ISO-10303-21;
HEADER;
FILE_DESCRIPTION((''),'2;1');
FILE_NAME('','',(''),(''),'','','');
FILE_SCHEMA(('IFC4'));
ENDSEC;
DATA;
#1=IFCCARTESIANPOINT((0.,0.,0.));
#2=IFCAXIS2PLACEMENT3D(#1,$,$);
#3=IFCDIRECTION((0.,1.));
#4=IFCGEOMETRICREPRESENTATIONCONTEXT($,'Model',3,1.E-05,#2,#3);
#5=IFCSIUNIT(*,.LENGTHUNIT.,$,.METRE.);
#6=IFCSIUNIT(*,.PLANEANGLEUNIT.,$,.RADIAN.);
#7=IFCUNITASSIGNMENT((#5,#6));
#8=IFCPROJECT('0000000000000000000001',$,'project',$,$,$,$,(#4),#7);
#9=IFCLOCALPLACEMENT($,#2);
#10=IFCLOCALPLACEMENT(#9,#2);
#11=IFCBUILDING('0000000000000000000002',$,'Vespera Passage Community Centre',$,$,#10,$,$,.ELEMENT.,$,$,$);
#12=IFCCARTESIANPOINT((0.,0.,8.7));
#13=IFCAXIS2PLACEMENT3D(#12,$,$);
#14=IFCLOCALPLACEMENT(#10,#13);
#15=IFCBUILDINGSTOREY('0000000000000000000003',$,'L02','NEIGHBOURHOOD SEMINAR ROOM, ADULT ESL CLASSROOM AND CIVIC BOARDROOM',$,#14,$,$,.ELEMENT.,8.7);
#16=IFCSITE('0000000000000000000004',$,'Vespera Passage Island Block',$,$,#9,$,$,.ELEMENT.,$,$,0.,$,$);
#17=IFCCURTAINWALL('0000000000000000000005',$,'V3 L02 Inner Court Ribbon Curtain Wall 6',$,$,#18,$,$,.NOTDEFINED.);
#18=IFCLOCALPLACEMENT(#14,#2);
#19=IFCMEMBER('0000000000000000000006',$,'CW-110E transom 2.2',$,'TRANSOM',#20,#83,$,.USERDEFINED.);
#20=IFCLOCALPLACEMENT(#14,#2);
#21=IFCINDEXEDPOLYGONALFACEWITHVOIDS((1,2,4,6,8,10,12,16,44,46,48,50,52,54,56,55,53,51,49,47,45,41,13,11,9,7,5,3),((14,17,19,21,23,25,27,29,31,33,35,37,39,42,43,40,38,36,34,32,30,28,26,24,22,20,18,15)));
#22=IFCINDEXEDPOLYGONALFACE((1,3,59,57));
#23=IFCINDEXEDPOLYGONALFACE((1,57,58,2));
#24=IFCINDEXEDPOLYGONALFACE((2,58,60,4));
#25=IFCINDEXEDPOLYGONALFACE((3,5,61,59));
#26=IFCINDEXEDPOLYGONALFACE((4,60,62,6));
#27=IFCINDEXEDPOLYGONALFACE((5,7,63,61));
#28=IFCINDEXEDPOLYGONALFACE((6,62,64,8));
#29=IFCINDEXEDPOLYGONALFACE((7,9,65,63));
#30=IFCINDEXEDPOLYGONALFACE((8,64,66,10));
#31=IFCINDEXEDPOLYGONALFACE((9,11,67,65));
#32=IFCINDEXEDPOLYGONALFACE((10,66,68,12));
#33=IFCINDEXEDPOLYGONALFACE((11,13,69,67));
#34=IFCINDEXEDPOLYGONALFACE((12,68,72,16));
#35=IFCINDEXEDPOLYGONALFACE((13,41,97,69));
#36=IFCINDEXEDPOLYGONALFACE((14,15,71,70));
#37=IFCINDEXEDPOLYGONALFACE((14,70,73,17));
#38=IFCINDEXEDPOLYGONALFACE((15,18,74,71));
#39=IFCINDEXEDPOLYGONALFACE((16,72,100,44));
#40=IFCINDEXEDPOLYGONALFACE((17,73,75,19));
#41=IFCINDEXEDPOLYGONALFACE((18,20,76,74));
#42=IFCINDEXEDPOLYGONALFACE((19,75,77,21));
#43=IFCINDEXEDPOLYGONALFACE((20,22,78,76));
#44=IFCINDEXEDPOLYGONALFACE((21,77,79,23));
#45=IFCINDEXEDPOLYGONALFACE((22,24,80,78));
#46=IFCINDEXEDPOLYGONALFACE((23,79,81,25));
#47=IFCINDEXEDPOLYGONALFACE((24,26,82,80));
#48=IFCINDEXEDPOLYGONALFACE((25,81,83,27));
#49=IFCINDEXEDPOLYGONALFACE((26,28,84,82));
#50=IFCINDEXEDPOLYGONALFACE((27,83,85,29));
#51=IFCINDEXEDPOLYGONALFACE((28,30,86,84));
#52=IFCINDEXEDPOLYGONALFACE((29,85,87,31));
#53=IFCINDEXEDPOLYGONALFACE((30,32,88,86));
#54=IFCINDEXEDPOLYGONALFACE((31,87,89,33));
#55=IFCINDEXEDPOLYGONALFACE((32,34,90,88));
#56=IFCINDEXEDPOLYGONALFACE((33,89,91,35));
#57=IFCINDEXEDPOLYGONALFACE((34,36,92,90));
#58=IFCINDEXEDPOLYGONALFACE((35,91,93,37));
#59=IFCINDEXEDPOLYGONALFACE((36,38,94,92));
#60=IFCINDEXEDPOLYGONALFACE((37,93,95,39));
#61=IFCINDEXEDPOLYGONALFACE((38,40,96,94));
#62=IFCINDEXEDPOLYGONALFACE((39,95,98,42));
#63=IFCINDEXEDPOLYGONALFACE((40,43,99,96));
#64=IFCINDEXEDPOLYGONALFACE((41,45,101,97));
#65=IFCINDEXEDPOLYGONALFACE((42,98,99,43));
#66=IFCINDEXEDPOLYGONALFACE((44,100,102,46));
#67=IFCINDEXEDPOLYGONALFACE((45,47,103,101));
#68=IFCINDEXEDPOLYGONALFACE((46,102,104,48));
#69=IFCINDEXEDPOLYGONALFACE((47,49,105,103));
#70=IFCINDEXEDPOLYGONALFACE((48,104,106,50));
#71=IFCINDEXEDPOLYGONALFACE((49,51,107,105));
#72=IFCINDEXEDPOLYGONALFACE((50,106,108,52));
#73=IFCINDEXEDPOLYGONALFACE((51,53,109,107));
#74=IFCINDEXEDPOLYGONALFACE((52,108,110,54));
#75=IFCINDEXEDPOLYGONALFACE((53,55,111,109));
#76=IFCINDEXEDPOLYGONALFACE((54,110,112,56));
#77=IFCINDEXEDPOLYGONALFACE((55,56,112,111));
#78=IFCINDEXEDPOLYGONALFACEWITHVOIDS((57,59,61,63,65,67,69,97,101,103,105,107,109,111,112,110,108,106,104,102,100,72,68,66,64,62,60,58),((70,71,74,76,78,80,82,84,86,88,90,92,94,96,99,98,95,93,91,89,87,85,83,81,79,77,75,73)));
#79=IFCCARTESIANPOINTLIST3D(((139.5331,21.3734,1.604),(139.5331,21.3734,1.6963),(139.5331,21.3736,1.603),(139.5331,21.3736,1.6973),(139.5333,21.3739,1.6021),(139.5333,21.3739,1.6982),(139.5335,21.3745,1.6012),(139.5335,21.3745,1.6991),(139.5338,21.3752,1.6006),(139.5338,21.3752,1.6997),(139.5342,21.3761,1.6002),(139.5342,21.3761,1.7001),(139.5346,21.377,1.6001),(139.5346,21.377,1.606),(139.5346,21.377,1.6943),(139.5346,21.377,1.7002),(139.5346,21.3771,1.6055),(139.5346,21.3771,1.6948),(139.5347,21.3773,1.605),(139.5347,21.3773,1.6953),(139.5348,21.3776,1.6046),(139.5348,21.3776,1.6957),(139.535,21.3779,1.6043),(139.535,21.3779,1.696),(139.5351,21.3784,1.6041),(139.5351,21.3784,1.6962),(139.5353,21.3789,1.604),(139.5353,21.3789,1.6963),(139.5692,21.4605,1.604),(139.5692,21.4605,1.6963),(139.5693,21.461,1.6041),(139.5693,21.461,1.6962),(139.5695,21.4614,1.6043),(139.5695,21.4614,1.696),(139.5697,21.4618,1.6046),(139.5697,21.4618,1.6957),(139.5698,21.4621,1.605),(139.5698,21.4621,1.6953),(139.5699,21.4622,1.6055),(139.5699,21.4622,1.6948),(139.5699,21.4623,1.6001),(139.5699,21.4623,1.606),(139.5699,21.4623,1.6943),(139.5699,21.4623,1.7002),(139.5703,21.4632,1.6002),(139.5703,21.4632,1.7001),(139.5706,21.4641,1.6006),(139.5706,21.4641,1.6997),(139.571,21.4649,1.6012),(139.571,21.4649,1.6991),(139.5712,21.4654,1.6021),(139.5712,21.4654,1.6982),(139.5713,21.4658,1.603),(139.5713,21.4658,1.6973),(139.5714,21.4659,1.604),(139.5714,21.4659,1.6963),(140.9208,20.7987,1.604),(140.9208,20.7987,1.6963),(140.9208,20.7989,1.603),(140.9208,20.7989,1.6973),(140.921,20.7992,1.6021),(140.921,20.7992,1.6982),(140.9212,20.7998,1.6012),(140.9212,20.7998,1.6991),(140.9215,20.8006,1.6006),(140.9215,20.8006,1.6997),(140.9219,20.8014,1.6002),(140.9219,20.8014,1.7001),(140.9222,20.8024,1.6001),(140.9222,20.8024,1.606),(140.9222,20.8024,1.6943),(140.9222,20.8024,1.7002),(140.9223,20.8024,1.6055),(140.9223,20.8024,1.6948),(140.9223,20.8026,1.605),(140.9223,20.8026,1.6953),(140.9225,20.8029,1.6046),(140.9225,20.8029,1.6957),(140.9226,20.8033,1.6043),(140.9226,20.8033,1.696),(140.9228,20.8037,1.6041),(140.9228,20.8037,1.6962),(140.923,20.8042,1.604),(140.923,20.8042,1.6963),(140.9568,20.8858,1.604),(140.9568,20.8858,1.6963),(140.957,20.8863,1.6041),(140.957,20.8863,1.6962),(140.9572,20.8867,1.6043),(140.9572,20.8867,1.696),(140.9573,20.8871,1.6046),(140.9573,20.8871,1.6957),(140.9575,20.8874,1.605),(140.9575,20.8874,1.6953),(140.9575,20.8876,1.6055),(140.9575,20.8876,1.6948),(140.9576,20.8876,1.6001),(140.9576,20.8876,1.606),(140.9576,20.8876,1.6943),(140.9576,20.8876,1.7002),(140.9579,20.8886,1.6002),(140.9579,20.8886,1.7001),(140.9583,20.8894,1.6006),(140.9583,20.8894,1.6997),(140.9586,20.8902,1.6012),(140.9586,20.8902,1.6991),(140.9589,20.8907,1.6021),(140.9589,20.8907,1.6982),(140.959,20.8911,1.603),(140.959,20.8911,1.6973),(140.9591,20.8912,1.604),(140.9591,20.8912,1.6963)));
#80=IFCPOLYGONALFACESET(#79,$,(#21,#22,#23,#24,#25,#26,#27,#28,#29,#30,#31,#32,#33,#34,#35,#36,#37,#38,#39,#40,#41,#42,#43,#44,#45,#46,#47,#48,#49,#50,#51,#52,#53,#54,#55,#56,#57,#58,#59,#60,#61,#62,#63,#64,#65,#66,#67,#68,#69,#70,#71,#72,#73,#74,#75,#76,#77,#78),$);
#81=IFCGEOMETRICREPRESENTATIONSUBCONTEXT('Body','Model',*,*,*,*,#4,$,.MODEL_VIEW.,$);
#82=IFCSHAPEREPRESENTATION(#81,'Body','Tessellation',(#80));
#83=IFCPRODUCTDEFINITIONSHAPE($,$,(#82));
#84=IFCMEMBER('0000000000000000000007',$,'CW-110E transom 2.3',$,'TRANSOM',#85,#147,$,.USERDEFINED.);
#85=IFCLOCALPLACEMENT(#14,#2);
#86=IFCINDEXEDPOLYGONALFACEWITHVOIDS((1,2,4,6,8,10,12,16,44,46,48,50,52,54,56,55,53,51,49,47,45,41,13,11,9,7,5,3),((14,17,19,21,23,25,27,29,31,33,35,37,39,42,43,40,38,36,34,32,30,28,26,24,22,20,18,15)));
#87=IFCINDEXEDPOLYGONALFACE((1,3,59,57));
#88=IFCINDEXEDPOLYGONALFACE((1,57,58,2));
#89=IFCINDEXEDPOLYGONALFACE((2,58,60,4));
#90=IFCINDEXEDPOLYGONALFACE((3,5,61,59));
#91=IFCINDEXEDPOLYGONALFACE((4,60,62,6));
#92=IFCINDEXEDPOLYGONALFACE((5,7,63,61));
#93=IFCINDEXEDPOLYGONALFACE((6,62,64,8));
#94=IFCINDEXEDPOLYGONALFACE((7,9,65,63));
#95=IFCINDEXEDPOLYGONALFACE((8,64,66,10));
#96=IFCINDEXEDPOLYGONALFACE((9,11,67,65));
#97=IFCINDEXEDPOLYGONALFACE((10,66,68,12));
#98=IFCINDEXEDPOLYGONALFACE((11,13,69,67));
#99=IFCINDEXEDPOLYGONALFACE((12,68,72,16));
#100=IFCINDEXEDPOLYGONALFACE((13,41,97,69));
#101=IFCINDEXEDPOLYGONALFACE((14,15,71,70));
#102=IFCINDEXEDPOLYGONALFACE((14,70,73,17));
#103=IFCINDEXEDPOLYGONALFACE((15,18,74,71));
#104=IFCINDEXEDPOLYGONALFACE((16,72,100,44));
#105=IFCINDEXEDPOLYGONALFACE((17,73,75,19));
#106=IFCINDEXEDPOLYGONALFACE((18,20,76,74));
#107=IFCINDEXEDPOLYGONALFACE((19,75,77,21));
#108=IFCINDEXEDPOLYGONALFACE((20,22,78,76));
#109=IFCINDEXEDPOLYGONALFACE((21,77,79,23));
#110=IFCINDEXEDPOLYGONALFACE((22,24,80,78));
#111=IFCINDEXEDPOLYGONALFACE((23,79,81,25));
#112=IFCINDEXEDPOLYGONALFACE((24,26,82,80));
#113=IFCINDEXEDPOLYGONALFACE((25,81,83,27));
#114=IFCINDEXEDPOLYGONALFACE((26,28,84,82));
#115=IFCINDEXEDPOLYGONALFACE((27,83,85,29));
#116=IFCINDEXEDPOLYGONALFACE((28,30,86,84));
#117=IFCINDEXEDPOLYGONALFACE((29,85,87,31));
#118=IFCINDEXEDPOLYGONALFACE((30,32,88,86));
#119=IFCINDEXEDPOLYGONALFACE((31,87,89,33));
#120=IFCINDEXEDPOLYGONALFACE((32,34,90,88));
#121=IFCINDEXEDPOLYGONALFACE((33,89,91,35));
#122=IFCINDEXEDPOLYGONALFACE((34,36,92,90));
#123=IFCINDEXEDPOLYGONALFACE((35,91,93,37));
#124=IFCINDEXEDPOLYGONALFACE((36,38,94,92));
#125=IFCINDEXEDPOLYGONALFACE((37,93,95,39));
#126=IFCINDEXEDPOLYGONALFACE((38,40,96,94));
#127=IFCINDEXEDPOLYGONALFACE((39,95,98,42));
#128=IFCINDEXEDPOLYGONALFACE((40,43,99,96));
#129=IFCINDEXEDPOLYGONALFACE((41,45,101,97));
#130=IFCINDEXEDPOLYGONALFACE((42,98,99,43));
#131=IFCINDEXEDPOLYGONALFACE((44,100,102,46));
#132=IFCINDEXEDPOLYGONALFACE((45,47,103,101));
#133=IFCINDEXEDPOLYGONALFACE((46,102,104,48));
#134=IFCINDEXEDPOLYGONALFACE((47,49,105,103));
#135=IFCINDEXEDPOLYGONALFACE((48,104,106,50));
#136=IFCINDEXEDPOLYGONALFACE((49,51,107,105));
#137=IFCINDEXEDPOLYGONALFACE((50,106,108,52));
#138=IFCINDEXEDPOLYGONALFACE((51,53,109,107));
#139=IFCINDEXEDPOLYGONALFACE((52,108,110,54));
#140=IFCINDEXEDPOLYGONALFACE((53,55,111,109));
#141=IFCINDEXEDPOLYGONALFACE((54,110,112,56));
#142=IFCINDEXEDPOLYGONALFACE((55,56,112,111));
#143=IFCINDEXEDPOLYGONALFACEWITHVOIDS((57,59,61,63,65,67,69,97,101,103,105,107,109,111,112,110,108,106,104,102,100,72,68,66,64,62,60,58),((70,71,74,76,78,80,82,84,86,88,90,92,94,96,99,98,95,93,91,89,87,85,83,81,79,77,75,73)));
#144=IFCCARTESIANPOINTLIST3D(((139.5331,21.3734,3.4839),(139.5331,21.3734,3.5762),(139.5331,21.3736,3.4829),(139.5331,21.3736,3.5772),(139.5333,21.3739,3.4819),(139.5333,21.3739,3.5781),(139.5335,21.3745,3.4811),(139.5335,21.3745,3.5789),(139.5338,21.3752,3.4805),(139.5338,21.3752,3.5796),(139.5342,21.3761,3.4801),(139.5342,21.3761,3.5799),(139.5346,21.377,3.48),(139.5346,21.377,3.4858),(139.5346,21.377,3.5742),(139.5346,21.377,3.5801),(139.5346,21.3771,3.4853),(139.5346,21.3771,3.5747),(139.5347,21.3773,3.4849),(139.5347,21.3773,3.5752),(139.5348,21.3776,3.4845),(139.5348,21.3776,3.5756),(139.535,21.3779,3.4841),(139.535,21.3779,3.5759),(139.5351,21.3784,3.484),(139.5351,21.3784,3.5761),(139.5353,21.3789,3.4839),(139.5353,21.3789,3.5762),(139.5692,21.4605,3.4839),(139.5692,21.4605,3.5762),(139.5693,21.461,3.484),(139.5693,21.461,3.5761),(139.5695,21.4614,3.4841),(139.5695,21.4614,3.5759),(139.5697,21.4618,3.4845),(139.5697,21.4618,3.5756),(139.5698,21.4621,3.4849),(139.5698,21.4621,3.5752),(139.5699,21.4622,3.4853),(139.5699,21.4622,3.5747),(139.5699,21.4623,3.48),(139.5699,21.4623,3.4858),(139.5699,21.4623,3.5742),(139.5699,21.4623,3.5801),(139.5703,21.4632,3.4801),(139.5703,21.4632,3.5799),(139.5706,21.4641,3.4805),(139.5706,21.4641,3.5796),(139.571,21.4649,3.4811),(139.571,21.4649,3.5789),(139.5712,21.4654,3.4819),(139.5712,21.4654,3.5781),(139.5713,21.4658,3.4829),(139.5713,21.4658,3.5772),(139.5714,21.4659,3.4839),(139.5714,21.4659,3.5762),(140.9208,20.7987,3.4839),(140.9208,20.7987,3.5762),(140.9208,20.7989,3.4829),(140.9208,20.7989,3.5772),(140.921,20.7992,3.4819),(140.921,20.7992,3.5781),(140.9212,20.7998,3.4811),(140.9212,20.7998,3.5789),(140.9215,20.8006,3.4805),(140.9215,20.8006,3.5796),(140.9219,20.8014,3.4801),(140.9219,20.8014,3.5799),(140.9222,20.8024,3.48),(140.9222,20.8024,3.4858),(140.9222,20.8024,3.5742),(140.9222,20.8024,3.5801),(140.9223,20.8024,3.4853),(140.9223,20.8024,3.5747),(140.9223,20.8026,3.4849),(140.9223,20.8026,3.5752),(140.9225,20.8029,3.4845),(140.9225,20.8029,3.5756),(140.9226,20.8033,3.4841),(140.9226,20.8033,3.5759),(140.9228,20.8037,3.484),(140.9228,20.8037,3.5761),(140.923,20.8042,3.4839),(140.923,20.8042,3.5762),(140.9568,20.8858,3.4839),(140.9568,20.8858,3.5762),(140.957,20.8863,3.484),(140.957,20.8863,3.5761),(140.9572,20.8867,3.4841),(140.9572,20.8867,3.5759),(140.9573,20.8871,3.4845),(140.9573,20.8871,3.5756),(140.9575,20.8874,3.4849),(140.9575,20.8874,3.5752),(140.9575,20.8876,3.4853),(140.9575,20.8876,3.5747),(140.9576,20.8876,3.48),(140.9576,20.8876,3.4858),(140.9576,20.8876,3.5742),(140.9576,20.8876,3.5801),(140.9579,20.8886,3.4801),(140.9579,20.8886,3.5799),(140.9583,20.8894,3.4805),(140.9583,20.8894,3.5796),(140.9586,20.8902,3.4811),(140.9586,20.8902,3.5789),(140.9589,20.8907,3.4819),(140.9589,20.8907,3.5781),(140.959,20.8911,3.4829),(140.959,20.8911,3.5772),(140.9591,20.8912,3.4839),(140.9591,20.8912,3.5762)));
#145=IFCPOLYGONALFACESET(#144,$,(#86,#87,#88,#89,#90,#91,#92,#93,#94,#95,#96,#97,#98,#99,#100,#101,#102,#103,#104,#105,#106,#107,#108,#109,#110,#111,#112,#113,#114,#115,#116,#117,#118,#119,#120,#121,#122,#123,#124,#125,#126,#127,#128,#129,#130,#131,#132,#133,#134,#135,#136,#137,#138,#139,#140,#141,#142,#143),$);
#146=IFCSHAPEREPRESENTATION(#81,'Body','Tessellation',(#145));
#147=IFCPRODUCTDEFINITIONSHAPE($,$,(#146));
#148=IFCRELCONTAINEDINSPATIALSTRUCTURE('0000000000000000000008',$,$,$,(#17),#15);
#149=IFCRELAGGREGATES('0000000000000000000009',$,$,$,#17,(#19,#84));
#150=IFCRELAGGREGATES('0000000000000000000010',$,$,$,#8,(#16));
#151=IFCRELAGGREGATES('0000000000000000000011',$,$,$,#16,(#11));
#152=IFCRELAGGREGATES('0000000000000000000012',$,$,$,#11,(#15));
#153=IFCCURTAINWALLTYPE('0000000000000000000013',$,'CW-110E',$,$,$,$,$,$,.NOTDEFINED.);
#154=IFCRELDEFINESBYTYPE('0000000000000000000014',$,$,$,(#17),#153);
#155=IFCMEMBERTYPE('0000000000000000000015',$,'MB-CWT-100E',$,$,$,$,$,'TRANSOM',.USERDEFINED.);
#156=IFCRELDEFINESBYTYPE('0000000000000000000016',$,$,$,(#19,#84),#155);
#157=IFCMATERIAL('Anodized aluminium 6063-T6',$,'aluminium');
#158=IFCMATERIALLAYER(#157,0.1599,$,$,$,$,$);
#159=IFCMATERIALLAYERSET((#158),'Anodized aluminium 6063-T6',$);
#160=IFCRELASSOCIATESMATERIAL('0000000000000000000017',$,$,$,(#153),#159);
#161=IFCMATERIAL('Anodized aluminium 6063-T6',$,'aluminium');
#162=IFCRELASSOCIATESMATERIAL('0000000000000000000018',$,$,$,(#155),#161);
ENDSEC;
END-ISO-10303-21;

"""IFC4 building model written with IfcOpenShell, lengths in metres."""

from ifc_helpers import new_model, si_unit, direction, frame, origin, origin_2d, place, context, subcontext, project, spatial, hollow_rectangle, extrude, material, layer, layer_set, material_profile, profile_set, type_object, element, aggregate, save


model = new_model("IFC4")

# Units and contexts
model_context = context("Model", 3, precision=1e-05, world=origin(), true_north=direction((0.0, 1.0)))
body_context = subcontext(model_context, "Body", "Model", "MODEL_VIEW")
ifc_project = project(units=[si_unit("LENGTHUNIT", "METRE"), si_unit("PLANEANGLEUNIT", "RADIAN")], contexts=[model_context])

# Site, building, storey
site_placement = place(None, origin())
site = spatial("IfcSite", under=ifc_project, at=site_placement, Name="Vespera Passage Island Block", CompositionType="ELEMENT", RefElevation=0.0)
building_placement = place(site_placement, origin())
building = spatial("IfcBuilding", under=site, at=building_placement, Name="Vespera Passage Community Centre", CompositionType="ELEMENT")
storey_placement = place(building_placement, frame((0.0, 0.0, 8.7)))
storey = spatial("IfcBuildingStorey", under=building, at=storey_placement, Name="L02", Description="NEIGHBOURHOOD SEMINAR ROOM, ADULT ESL CLASSROOM AND CIVIC BOARDROOM", CompositionType="ELEMENT", Elevation=8.7)

# Curtain wall
ifc_material_1 = material(Name="Anodized aluminium 6063-T6", Category="aluminium")
ifc_layer_1 = layer(ifc_material_1, 0.1599)
ifc_layer_set_1 = layer_set([ifc_layer_1], Name="Anodized aluminium 6063-T6")
curtain_wall_type = type_object("IfcCurtainWallType", Name="CW-110E", PredefinedType="NOTDEFINED", material=ifc_layer_set_1)
curtain_wall_1_placement = place(storey_placement, origin())
curtain_wall_1 = element("IfcCurtainWall", 1, at=curtain_wall_1_placement, inside=storey, type_object=curtain_wall_type, Name="V3 L02 Inner Court Ribbon Curtain Wall 6", PredefinedType="NOTDEFINED")

# Members
ifc_material_2 = material(Name="Anodized aluminium 6063-T6", Category="aluminium")
ifc_material_profile_1 = material_profile(ifc_material_2, hollow_rectangle(XDim=0.1001, YDim=0.1001, WallThickness=0.0039, InnerFilletRadius=0.002, OuterFilletRadius=0.0039, at=origin_2d()), Name="ALU100X100X4")
ifc_profile_set_1 = profile_set([ifc_material_profile_1], Name="Anodized aluminium 6063-T6")
member_type_1 = type_object("IfcMemberType", Name="MB-CWT-100E", ElementType="TRANSOM", PredefinedType="USERDEFINED", material=ifc_profile_set_1)
member_1_placement = place(storey_placement, frame((139.5522, 21.4197, 1.6501), z_axis=(0.923902, -0.382629, 0.0), x_axis=(0.382629, 0.923902, 0.0)))
member_1 = element("IfcMember", 2, at=member_1_placement, type_object=member_type_1, Name="CW-110E transom 2.2", ObjectType="TRANSOM", PredefinedType="USERDEFINED", context=body_context, shape_type="SweptSolid", body=[
    extrude(hollow_rectangle(XDim=0.1001, YDim=0.1001, WallThickness=0.0039, InnerFilletRadius=0.002, OuterFilletRadius=0.0039, at=origin_2d()), origin(), (0.0, 0.0, 1.0), 1.502),
])
member_2_placement = place(storey_placement, frame((139.5522, 21.4197, 3.53), z_axis=(0.923902, -0.382629, 0.0), x_axis=(0.382629, 0.923902, 0.0)))
member_2 = element("IfcMember", 3, at=member_2_placement, type_object=member_type_1, Name="CW-110E transom 2.3", ObjectType="TRANSOM", PredefinedType="USERDEFINED", context=body_context, shape_type="SweptSolid", body=[
    extrude(hollow_rectangle(XDim=0.1001, YDim=0.1001, WallThickness=0.0039, InnerFilletRadius=0.002, OuterFilletRadius=0.0039, at=origin_2d()), origin(), (0.0, 0.0, 1.0), 1.502),
])

aggregate(curtain_wall_1, [member_1, member_2])

save(model, "model.ifc")
